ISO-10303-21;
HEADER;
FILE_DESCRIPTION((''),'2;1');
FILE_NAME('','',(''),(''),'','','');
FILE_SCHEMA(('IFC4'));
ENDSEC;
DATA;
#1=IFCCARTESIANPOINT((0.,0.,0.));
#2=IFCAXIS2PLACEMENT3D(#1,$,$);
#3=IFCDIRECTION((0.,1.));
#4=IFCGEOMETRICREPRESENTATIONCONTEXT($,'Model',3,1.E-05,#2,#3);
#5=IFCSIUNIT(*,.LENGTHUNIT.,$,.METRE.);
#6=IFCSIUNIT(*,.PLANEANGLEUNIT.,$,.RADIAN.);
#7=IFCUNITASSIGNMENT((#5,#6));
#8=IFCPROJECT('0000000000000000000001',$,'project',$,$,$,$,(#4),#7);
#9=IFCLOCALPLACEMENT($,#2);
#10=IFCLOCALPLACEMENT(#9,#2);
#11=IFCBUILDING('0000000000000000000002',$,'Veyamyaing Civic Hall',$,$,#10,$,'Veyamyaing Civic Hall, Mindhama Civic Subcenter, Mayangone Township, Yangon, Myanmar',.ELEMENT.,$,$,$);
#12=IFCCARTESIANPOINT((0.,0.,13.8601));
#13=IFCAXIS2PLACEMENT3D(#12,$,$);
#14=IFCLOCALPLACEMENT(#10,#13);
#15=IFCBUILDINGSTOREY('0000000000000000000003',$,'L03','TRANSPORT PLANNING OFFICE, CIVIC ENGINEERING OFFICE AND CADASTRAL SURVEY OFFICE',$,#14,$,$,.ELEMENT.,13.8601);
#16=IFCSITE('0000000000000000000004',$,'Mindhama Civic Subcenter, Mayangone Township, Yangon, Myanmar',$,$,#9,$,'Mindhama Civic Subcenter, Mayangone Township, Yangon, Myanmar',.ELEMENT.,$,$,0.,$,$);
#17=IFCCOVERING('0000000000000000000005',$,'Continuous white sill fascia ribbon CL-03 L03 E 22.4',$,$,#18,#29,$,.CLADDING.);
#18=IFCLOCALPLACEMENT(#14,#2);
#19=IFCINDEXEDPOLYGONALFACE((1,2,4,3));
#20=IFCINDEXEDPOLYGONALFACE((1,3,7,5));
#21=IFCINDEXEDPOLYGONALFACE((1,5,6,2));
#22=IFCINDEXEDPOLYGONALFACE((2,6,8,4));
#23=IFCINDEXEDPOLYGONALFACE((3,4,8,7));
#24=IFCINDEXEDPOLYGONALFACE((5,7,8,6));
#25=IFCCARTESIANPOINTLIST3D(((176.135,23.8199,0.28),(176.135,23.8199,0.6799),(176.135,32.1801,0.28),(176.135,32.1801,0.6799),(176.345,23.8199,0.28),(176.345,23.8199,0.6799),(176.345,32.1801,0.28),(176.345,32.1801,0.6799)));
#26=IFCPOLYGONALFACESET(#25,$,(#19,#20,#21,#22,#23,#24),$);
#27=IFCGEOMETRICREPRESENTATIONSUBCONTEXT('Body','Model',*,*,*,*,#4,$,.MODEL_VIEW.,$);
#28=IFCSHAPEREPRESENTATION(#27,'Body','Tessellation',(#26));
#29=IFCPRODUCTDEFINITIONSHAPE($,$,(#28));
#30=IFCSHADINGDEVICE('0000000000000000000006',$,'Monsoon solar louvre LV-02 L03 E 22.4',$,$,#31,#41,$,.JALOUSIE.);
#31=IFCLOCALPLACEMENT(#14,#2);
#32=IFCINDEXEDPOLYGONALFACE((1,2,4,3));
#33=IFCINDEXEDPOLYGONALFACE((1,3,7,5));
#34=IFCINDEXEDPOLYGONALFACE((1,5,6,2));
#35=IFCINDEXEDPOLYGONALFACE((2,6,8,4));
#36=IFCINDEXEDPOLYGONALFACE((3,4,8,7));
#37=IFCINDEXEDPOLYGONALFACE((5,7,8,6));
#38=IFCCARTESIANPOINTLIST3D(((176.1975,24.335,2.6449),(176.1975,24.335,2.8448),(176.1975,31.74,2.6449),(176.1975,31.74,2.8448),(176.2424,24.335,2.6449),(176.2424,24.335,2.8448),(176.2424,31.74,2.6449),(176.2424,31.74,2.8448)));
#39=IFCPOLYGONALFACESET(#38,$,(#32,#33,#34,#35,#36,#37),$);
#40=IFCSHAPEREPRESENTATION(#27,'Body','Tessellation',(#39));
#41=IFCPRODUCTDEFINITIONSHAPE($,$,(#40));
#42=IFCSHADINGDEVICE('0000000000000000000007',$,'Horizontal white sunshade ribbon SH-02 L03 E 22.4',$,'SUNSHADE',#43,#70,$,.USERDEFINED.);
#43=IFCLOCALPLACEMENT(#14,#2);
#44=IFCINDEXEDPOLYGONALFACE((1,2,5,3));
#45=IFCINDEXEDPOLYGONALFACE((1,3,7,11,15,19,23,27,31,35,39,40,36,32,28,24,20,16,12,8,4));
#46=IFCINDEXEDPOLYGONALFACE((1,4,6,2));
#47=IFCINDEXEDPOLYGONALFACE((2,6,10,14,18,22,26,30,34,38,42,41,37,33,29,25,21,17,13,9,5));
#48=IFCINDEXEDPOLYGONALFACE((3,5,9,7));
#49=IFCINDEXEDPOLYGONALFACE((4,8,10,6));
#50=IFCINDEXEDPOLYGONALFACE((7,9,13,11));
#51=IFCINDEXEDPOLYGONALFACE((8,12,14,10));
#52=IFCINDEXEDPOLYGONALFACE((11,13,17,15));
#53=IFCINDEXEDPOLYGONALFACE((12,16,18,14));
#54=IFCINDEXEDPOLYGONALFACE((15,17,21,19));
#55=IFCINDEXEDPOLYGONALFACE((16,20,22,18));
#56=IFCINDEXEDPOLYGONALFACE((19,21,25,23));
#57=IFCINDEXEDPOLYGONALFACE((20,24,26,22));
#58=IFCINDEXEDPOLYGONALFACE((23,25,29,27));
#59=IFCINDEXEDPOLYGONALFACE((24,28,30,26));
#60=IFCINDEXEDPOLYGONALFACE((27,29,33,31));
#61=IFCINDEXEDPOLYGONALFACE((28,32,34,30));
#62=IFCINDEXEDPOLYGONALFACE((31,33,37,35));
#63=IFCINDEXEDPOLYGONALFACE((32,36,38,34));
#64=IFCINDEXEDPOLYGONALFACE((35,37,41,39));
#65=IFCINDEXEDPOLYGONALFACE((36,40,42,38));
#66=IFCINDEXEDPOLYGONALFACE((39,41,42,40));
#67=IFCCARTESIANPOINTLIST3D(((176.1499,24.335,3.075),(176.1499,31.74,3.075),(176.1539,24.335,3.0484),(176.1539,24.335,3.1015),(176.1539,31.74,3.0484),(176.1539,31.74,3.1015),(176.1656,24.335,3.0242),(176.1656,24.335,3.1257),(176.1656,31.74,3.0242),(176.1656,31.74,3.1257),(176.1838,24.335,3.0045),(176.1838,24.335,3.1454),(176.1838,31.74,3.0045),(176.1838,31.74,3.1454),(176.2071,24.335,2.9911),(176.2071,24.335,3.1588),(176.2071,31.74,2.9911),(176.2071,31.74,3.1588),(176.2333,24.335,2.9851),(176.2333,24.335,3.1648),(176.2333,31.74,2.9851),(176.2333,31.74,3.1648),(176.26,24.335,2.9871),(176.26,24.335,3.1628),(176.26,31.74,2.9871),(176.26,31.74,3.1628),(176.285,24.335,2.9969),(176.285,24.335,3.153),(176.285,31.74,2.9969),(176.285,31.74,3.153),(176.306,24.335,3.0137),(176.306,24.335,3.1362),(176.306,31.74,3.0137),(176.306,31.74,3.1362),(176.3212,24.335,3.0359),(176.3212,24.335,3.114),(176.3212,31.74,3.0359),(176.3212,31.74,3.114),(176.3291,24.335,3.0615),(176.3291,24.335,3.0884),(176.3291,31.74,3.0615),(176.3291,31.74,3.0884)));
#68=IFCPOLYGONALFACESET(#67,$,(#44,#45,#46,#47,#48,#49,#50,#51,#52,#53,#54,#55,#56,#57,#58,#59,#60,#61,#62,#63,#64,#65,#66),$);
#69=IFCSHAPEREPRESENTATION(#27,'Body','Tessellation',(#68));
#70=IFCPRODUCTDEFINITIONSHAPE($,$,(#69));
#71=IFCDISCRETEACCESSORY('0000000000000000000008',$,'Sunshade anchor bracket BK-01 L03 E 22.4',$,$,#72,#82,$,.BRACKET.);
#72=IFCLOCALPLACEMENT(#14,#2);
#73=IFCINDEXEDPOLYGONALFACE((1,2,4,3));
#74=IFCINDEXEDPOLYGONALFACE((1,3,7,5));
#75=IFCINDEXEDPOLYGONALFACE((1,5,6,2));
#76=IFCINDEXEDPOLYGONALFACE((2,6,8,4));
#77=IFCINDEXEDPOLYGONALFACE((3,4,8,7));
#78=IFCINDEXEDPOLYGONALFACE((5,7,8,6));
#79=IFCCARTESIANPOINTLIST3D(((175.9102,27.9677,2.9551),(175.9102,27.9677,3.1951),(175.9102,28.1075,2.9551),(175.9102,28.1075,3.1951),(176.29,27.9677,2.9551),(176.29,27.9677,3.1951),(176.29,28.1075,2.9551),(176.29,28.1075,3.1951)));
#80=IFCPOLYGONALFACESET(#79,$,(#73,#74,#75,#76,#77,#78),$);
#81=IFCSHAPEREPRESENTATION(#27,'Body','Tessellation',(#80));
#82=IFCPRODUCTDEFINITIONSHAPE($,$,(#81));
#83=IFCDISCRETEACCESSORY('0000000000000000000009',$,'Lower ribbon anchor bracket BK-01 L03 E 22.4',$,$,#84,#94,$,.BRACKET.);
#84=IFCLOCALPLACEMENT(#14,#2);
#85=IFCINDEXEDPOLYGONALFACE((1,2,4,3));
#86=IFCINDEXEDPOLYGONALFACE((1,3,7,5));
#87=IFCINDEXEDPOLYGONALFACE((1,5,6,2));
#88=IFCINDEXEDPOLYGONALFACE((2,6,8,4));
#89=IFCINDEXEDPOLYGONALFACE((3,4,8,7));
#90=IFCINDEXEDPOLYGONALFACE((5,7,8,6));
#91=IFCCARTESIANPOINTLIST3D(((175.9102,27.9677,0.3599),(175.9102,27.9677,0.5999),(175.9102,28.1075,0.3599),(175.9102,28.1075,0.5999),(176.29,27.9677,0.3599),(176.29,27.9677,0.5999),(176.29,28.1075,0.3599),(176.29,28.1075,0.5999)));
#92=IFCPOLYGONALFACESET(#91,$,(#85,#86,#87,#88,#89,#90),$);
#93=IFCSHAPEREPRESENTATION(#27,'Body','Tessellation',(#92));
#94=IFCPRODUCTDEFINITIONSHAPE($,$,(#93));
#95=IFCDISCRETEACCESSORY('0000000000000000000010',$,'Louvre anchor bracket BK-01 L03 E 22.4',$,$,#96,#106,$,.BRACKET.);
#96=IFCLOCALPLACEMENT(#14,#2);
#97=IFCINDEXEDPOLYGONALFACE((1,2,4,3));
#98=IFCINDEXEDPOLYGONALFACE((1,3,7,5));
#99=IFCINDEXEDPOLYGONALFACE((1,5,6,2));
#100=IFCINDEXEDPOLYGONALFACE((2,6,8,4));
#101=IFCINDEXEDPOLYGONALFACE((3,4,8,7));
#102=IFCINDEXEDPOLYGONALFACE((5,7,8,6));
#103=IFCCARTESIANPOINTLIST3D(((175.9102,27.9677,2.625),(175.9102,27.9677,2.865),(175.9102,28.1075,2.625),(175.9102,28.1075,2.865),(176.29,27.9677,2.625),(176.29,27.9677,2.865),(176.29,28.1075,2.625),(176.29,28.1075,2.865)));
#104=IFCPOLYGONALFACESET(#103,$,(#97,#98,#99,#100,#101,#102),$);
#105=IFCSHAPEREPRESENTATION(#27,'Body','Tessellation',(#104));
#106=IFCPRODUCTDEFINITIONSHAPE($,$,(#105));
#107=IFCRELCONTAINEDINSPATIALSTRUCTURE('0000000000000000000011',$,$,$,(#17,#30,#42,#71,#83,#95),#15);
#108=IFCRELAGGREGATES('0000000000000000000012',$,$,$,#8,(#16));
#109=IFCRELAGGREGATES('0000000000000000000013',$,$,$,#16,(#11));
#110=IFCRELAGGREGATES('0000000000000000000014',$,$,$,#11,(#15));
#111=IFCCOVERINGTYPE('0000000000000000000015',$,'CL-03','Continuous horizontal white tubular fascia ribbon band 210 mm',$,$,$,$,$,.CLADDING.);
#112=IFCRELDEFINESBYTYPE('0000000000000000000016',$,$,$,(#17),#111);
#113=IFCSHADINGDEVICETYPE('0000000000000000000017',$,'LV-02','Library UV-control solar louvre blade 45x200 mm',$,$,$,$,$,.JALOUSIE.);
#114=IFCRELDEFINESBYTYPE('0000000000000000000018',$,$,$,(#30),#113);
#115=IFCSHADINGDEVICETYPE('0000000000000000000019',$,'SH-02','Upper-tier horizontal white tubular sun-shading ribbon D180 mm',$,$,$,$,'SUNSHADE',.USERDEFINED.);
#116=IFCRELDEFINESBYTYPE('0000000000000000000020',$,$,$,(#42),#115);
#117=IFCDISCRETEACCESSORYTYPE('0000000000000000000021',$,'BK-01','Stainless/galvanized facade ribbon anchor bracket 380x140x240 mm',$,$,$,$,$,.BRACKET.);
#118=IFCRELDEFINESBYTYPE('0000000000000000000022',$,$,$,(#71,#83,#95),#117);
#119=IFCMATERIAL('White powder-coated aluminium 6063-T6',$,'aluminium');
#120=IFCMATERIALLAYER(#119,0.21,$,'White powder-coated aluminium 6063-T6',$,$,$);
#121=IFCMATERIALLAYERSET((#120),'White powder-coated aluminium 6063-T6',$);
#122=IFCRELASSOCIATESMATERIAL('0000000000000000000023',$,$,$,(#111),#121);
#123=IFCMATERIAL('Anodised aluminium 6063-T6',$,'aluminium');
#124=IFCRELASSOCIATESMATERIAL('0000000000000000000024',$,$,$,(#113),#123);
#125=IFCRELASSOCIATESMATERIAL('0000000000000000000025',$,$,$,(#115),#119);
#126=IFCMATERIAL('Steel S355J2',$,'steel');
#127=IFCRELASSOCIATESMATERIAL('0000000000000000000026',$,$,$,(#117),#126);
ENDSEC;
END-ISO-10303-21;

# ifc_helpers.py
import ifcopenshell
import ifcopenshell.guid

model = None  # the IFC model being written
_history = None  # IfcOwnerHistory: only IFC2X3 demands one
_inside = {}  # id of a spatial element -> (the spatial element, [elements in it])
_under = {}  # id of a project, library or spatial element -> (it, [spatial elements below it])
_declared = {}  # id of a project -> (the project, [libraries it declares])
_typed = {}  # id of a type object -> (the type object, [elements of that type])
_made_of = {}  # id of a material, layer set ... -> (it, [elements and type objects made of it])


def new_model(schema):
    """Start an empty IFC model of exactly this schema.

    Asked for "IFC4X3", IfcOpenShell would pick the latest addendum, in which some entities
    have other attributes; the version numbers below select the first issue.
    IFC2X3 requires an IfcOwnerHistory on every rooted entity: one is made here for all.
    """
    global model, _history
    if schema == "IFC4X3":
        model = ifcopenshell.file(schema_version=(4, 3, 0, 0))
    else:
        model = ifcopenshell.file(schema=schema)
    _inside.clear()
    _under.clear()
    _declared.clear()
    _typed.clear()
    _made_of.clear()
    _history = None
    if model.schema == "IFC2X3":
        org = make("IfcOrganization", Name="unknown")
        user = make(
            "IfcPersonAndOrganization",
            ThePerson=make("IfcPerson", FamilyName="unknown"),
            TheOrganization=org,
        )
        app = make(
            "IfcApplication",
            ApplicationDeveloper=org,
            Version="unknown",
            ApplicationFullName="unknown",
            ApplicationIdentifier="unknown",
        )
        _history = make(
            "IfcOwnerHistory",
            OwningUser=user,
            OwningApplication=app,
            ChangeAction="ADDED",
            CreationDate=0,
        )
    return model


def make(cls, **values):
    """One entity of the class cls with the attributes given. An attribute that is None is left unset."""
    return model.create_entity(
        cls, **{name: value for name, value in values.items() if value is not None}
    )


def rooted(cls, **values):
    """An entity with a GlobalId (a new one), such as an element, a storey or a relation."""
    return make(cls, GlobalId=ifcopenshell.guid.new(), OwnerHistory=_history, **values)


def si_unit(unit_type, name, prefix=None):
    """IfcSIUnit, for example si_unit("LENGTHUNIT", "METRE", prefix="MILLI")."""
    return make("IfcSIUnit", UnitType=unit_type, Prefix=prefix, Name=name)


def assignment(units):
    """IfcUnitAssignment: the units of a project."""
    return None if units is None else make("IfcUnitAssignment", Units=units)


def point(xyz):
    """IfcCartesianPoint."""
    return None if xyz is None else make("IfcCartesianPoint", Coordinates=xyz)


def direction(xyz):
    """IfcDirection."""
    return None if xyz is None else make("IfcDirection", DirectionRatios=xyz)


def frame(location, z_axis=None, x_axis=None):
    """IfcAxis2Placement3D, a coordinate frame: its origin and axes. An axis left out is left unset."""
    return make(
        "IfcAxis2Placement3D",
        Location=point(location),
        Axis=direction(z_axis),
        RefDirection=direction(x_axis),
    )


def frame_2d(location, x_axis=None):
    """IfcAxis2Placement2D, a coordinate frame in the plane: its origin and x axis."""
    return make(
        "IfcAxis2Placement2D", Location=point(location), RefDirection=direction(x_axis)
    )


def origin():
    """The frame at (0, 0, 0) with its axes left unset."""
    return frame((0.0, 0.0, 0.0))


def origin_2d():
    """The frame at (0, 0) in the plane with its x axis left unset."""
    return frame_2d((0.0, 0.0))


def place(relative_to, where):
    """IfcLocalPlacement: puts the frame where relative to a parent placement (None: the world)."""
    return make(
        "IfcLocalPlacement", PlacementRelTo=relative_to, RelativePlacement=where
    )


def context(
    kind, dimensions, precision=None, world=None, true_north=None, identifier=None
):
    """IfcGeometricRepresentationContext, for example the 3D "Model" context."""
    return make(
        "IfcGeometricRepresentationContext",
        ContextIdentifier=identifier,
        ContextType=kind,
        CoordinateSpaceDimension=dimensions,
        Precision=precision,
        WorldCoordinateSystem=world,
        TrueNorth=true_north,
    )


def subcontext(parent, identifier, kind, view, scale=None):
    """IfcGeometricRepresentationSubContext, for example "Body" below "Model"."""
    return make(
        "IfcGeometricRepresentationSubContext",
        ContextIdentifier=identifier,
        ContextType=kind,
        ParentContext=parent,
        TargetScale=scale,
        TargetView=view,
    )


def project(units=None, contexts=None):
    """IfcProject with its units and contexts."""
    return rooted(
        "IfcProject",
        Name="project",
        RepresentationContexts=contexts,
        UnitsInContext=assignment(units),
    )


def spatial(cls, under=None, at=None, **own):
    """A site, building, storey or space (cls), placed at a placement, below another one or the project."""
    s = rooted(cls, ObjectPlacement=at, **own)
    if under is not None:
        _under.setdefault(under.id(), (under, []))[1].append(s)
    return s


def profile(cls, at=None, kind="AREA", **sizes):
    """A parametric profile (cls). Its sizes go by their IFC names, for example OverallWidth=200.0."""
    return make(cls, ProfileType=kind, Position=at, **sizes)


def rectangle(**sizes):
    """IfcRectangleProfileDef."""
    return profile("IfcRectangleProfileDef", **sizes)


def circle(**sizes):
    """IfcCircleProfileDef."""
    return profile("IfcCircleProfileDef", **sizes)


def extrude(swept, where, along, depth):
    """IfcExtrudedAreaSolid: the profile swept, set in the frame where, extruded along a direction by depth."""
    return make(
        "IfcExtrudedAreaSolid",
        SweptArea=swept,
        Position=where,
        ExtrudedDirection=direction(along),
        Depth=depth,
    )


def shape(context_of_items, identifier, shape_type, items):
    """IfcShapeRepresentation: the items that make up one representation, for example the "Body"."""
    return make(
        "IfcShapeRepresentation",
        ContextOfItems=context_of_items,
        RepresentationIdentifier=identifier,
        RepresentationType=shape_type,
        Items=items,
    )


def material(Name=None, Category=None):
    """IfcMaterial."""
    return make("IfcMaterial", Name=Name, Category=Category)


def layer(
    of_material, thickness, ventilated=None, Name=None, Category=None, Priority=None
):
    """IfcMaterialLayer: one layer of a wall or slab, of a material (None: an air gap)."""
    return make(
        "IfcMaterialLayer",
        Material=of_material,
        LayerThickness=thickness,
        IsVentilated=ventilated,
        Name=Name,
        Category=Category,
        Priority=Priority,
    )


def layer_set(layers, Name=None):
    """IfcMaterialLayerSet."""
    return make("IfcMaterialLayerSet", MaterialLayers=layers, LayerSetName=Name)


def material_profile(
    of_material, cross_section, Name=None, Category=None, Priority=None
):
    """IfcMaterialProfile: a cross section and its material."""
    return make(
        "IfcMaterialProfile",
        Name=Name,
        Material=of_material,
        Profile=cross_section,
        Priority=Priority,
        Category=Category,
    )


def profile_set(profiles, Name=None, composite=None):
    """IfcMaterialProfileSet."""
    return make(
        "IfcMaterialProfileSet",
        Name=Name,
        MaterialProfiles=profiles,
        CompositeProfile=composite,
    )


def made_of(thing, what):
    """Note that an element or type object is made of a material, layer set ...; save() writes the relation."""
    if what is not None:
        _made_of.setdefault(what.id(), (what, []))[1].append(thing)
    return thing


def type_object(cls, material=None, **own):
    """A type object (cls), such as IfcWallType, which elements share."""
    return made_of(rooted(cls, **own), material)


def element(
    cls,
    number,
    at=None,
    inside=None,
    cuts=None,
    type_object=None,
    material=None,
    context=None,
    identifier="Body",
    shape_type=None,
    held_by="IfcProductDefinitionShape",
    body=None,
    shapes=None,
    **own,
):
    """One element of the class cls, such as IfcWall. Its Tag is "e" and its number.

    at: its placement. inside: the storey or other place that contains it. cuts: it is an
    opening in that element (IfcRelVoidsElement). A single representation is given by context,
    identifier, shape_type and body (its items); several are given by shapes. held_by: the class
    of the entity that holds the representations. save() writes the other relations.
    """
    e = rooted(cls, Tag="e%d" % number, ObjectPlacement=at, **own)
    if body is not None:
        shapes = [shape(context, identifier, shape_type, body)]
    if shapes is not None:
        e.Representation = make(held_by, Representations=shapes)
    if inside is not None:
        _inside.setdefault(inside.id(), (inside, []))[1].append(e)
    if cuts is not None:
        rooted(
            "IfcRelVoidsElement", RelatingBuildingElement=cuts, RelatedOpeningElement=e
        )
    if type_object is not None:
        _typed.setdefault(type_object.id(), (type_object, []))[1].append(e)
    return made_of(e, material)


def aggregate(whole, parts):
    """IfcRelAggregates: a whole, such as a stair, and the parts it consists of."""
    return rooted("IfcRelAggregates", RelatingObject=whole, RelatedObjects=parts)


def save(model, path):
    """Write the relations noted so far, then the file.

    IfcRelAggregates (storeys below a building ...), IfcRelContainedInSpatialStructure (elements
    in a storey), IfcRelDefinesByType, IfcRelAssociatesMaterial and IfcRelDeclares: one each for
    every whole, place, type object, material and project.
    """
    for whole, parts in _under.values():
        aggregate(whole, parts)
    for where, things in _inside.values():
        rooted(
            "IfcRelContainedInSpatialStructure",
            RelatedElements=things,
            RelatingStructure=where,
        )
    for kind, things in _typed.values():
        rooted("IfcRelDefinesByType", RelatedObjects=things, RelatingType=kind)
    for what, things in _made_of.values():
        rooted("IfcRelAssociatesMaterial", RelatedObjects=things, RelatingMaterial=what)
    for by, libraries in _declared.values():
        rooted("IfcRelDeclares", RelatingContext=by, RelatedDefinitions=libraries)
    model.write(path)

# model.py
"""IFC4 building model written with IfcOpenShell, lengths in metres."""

from ifc_helpers import new_model, si_unit, direction, frame, origin, origin_2d, place, context, subcontext, project, spatial, rectangle, circle, extrude, material, layer, layer_set, material_profile, profile_set, type_object, element, save


model = new_model("IFC4")

# Units and contexts
model_context = context("Model", 3, precision=1e-05, world=origin(), true_north=direction((0.0, 1.0)))
body_context = subcontext(model_context, "Body", "Model", "MODEL_VIEW")
ifc_project = project(units=[si_unit("LENGTHUNIT", "METRE"), si_unit("PLANEANGLEUNIT", "RADIAN")], contexts=[model_context])

# Site, building, storey
site_placement = place(None, origin())
site = spatial("IfcSite", under=ifc_project, at=site_placement, Name="Mindhama Civic Subcenter, Mayangone Township, Yangon, Myanmar", LongName="Mindhama Civic Subcenter, Mayangone Township, Yangon, Myanmar", CompositionType="ELEMENT", RefElevation=0.0)
building_placement = place(site_placement, origin())
building = spatial("IfcBuilding", under=site, at=building_placement, Name="Veyamyaing Civic Hall", LongName="Veyamyaing Civic Hall, Mindhama Civic Subcenter, Mayangone Township, Yangon, Myanmar", CompositionType="ELEMENT")
storey_placement = place(building_placement, frame((0.0, 0.0, 13.8601)))
storey = spatial("IfcBuildingStorey", under=building, at=storey_placement, Name="L03", Description="TRANSPORT PLANNING OFFICE, CIVIC ENGINEERING OFFICE AND CADASTRAL SURVEY OFFICE", CompositionType="ELEMENT", Elevation=13.8601)

# Shared definitions
ifc_material_1 = material(Name="Steel S355J2", Category="steel")

# Covering
ifc_material_2 = material(Name="White powder-coated aluminium 6063-T6", Category="aluminium")
ifc_layer_1 = layer(ifc_material_2, 0.21, Name="White powder-coated aluminium 6063-T6")
ifc_layer_set_1 = layer_set([ifc_layer_1], Name="White powder-coated aluminium 6063-T6")
covering_type_1 = type_object("IfcCoveringType", Name="CL-03", Description="Continuous horizontal white tubular fascia ribbon band 210 mm", PredefinedType="CLADDING", material=ifc_layer_set_1)
for number, where, z_axis, x_axis, name in (
    (1, (176.24, 28.0, 0.28), (0.0, 0.0, 1.0), (0.0, 1.0, 0.0), "Continuous white sill fascia ribbon CL-03 L03 E 22.4"),
):
    element("IfcCovering", number, at=place(storey_placement, frame(where, z_axis=z_axis, x_axis=x_axis)), inside=storey, type_object=covering_type_1, Name=name, PredefinedType="CLADDING", context=body_context, shape_type="SweptSolid", body=[
        extrude(rectangle(XDim=8.3601, YDim=0.21, at=origin_2d()), origin(), (0.0, 0.0, 1.0), 0.3999),
    ])

# Shading devices
ifc_material_3 = material(Name="Anodised aluminium 6063-T6", Category="aluminium")
ifc_material_profile_1 = material_profile(ifc_material_3, rectangle(XDim=0.0449, YDim=0.2, at=origin_2d()), Name="LOUVRE-BLADE-45X200")
ifc_profile_set_1 = profile_set([ifc_material_profile_1], Name="Anodised aluminium 6063-T6")
shading_device_type_1 = type_object("IfcShadingDeviceType", Name="LV-02", Description="Library UV-control solar louvre blade 45x200 mm", PredefinedType="JALOUSIE", material=ifc_profile_set_1)
shading_device_1_placement = place(storey_placement, frame((176.22, 24.335, 2.7449), z_axis=(0.0, 1.0, 0.0), x_axis=(-1.0, 0.0, 0.0)))
element("IfcShadingDevice", 2, at=shading_device_1_placement, inside=storey, type_object=shading_device_type_1, Name="Monsoon solar louvre LV-02 L03 E 22.4", PredefinedType="JALOUSIE", context=body_context, shape_type="SweptSolid", body=[
    extrude(rectangle(XDim=0.0449, YDim=0.2, at=origin_2d()), origin(), (0.0, 0.0, 1.0), 7.405),
])
ifc_material_profile_2 = material_profile(ifc_material_2, circle(Radius=0.0901, at=origin_2d()), Name="SHADE-TUBE-180")
ifc_profile_set_2 = profile_set([ifc_material_profile_2], Name="White powder-coated aluminium 6063-T6")
shading_device_type_2 = type_object("IfcShadingDeviceType", Name="SH-02", Description="Upper-tier horizontal white tubular sun-shading ribbon D180 mm", ElementType="SUNSHADE", PredefinedType="USERDEFINED", material=ifc_profile_set_2)
shading_device_2_placement = place(storey_placement, frame((176.24, 24.335, 3.075), z_axis=(0.0, 1.0, 0.0), x_axis=(-1.0, 0.0, 0.0)))
element("IfcShadingDevice", 3, at=shading_device_2_placement, inside=storey, type_object=shading_device_type_2, Name="Horizontal white sunshade ribbon SH-02 L03 E 22.4", ObjectType="SUNSHADE", PredefinedType="USERDEFINED", context=body_context, shape_type="SweptSolid", body=[
    extrude(circle(Radius=0.0901, at=origin_2d()), origin(), (0.0, 0.0, 1.0), 7.405),
])

# Discrete accessories
discrete_accessory_type = type_object("IfcDiscreteAccessoryType", Name="BK-01", Description="Stainless/galvanized facade ribbon anchor bracket 380x140x240 mm", PredefinedType="BRACKET", material=ifc_material_1)
for number, where, z_axis, x_axis, name in (
    (4, (176.1001, 28.0376, 2.9551), (0.0, 0.0, 1.0), (1.0, 0.0, 0.0), "Sunshade anchor bracket BK-01 L03 E 22.4"),
    (5, (176.1001, 28.0376, 0.3599), (0.0, 0.0, 1.0), (1.0, 0.0, 0.0), "Lower ribbon anchor bracket BK-01 L03 E 22.4"),
    (6, (176.1001, 28.0376, 2.625), (0.0, 0.0, 1.0), (1.0, 0.0, 0.0), "Louvre anchor bracket BK-01 L03 E 22.4"),
):
    element("IfcDiscreteAccessory", number, at=place(storey_placement, frame(where, z_axis=z_axis, x_axis=x_axis)), inside=storey, type_object=discrete_accessory_type, Name=name, PredefinedType="BRACKET", context=body_context, shape_type="SweptSolid", body=[
        extrude(rectangle(XDim=0.3799, YDim=0.1399, at=origin_2d()), origin(), (0.0, 0.0, 1.0), 0.24),
    ])

save(model, "model.ifc")
